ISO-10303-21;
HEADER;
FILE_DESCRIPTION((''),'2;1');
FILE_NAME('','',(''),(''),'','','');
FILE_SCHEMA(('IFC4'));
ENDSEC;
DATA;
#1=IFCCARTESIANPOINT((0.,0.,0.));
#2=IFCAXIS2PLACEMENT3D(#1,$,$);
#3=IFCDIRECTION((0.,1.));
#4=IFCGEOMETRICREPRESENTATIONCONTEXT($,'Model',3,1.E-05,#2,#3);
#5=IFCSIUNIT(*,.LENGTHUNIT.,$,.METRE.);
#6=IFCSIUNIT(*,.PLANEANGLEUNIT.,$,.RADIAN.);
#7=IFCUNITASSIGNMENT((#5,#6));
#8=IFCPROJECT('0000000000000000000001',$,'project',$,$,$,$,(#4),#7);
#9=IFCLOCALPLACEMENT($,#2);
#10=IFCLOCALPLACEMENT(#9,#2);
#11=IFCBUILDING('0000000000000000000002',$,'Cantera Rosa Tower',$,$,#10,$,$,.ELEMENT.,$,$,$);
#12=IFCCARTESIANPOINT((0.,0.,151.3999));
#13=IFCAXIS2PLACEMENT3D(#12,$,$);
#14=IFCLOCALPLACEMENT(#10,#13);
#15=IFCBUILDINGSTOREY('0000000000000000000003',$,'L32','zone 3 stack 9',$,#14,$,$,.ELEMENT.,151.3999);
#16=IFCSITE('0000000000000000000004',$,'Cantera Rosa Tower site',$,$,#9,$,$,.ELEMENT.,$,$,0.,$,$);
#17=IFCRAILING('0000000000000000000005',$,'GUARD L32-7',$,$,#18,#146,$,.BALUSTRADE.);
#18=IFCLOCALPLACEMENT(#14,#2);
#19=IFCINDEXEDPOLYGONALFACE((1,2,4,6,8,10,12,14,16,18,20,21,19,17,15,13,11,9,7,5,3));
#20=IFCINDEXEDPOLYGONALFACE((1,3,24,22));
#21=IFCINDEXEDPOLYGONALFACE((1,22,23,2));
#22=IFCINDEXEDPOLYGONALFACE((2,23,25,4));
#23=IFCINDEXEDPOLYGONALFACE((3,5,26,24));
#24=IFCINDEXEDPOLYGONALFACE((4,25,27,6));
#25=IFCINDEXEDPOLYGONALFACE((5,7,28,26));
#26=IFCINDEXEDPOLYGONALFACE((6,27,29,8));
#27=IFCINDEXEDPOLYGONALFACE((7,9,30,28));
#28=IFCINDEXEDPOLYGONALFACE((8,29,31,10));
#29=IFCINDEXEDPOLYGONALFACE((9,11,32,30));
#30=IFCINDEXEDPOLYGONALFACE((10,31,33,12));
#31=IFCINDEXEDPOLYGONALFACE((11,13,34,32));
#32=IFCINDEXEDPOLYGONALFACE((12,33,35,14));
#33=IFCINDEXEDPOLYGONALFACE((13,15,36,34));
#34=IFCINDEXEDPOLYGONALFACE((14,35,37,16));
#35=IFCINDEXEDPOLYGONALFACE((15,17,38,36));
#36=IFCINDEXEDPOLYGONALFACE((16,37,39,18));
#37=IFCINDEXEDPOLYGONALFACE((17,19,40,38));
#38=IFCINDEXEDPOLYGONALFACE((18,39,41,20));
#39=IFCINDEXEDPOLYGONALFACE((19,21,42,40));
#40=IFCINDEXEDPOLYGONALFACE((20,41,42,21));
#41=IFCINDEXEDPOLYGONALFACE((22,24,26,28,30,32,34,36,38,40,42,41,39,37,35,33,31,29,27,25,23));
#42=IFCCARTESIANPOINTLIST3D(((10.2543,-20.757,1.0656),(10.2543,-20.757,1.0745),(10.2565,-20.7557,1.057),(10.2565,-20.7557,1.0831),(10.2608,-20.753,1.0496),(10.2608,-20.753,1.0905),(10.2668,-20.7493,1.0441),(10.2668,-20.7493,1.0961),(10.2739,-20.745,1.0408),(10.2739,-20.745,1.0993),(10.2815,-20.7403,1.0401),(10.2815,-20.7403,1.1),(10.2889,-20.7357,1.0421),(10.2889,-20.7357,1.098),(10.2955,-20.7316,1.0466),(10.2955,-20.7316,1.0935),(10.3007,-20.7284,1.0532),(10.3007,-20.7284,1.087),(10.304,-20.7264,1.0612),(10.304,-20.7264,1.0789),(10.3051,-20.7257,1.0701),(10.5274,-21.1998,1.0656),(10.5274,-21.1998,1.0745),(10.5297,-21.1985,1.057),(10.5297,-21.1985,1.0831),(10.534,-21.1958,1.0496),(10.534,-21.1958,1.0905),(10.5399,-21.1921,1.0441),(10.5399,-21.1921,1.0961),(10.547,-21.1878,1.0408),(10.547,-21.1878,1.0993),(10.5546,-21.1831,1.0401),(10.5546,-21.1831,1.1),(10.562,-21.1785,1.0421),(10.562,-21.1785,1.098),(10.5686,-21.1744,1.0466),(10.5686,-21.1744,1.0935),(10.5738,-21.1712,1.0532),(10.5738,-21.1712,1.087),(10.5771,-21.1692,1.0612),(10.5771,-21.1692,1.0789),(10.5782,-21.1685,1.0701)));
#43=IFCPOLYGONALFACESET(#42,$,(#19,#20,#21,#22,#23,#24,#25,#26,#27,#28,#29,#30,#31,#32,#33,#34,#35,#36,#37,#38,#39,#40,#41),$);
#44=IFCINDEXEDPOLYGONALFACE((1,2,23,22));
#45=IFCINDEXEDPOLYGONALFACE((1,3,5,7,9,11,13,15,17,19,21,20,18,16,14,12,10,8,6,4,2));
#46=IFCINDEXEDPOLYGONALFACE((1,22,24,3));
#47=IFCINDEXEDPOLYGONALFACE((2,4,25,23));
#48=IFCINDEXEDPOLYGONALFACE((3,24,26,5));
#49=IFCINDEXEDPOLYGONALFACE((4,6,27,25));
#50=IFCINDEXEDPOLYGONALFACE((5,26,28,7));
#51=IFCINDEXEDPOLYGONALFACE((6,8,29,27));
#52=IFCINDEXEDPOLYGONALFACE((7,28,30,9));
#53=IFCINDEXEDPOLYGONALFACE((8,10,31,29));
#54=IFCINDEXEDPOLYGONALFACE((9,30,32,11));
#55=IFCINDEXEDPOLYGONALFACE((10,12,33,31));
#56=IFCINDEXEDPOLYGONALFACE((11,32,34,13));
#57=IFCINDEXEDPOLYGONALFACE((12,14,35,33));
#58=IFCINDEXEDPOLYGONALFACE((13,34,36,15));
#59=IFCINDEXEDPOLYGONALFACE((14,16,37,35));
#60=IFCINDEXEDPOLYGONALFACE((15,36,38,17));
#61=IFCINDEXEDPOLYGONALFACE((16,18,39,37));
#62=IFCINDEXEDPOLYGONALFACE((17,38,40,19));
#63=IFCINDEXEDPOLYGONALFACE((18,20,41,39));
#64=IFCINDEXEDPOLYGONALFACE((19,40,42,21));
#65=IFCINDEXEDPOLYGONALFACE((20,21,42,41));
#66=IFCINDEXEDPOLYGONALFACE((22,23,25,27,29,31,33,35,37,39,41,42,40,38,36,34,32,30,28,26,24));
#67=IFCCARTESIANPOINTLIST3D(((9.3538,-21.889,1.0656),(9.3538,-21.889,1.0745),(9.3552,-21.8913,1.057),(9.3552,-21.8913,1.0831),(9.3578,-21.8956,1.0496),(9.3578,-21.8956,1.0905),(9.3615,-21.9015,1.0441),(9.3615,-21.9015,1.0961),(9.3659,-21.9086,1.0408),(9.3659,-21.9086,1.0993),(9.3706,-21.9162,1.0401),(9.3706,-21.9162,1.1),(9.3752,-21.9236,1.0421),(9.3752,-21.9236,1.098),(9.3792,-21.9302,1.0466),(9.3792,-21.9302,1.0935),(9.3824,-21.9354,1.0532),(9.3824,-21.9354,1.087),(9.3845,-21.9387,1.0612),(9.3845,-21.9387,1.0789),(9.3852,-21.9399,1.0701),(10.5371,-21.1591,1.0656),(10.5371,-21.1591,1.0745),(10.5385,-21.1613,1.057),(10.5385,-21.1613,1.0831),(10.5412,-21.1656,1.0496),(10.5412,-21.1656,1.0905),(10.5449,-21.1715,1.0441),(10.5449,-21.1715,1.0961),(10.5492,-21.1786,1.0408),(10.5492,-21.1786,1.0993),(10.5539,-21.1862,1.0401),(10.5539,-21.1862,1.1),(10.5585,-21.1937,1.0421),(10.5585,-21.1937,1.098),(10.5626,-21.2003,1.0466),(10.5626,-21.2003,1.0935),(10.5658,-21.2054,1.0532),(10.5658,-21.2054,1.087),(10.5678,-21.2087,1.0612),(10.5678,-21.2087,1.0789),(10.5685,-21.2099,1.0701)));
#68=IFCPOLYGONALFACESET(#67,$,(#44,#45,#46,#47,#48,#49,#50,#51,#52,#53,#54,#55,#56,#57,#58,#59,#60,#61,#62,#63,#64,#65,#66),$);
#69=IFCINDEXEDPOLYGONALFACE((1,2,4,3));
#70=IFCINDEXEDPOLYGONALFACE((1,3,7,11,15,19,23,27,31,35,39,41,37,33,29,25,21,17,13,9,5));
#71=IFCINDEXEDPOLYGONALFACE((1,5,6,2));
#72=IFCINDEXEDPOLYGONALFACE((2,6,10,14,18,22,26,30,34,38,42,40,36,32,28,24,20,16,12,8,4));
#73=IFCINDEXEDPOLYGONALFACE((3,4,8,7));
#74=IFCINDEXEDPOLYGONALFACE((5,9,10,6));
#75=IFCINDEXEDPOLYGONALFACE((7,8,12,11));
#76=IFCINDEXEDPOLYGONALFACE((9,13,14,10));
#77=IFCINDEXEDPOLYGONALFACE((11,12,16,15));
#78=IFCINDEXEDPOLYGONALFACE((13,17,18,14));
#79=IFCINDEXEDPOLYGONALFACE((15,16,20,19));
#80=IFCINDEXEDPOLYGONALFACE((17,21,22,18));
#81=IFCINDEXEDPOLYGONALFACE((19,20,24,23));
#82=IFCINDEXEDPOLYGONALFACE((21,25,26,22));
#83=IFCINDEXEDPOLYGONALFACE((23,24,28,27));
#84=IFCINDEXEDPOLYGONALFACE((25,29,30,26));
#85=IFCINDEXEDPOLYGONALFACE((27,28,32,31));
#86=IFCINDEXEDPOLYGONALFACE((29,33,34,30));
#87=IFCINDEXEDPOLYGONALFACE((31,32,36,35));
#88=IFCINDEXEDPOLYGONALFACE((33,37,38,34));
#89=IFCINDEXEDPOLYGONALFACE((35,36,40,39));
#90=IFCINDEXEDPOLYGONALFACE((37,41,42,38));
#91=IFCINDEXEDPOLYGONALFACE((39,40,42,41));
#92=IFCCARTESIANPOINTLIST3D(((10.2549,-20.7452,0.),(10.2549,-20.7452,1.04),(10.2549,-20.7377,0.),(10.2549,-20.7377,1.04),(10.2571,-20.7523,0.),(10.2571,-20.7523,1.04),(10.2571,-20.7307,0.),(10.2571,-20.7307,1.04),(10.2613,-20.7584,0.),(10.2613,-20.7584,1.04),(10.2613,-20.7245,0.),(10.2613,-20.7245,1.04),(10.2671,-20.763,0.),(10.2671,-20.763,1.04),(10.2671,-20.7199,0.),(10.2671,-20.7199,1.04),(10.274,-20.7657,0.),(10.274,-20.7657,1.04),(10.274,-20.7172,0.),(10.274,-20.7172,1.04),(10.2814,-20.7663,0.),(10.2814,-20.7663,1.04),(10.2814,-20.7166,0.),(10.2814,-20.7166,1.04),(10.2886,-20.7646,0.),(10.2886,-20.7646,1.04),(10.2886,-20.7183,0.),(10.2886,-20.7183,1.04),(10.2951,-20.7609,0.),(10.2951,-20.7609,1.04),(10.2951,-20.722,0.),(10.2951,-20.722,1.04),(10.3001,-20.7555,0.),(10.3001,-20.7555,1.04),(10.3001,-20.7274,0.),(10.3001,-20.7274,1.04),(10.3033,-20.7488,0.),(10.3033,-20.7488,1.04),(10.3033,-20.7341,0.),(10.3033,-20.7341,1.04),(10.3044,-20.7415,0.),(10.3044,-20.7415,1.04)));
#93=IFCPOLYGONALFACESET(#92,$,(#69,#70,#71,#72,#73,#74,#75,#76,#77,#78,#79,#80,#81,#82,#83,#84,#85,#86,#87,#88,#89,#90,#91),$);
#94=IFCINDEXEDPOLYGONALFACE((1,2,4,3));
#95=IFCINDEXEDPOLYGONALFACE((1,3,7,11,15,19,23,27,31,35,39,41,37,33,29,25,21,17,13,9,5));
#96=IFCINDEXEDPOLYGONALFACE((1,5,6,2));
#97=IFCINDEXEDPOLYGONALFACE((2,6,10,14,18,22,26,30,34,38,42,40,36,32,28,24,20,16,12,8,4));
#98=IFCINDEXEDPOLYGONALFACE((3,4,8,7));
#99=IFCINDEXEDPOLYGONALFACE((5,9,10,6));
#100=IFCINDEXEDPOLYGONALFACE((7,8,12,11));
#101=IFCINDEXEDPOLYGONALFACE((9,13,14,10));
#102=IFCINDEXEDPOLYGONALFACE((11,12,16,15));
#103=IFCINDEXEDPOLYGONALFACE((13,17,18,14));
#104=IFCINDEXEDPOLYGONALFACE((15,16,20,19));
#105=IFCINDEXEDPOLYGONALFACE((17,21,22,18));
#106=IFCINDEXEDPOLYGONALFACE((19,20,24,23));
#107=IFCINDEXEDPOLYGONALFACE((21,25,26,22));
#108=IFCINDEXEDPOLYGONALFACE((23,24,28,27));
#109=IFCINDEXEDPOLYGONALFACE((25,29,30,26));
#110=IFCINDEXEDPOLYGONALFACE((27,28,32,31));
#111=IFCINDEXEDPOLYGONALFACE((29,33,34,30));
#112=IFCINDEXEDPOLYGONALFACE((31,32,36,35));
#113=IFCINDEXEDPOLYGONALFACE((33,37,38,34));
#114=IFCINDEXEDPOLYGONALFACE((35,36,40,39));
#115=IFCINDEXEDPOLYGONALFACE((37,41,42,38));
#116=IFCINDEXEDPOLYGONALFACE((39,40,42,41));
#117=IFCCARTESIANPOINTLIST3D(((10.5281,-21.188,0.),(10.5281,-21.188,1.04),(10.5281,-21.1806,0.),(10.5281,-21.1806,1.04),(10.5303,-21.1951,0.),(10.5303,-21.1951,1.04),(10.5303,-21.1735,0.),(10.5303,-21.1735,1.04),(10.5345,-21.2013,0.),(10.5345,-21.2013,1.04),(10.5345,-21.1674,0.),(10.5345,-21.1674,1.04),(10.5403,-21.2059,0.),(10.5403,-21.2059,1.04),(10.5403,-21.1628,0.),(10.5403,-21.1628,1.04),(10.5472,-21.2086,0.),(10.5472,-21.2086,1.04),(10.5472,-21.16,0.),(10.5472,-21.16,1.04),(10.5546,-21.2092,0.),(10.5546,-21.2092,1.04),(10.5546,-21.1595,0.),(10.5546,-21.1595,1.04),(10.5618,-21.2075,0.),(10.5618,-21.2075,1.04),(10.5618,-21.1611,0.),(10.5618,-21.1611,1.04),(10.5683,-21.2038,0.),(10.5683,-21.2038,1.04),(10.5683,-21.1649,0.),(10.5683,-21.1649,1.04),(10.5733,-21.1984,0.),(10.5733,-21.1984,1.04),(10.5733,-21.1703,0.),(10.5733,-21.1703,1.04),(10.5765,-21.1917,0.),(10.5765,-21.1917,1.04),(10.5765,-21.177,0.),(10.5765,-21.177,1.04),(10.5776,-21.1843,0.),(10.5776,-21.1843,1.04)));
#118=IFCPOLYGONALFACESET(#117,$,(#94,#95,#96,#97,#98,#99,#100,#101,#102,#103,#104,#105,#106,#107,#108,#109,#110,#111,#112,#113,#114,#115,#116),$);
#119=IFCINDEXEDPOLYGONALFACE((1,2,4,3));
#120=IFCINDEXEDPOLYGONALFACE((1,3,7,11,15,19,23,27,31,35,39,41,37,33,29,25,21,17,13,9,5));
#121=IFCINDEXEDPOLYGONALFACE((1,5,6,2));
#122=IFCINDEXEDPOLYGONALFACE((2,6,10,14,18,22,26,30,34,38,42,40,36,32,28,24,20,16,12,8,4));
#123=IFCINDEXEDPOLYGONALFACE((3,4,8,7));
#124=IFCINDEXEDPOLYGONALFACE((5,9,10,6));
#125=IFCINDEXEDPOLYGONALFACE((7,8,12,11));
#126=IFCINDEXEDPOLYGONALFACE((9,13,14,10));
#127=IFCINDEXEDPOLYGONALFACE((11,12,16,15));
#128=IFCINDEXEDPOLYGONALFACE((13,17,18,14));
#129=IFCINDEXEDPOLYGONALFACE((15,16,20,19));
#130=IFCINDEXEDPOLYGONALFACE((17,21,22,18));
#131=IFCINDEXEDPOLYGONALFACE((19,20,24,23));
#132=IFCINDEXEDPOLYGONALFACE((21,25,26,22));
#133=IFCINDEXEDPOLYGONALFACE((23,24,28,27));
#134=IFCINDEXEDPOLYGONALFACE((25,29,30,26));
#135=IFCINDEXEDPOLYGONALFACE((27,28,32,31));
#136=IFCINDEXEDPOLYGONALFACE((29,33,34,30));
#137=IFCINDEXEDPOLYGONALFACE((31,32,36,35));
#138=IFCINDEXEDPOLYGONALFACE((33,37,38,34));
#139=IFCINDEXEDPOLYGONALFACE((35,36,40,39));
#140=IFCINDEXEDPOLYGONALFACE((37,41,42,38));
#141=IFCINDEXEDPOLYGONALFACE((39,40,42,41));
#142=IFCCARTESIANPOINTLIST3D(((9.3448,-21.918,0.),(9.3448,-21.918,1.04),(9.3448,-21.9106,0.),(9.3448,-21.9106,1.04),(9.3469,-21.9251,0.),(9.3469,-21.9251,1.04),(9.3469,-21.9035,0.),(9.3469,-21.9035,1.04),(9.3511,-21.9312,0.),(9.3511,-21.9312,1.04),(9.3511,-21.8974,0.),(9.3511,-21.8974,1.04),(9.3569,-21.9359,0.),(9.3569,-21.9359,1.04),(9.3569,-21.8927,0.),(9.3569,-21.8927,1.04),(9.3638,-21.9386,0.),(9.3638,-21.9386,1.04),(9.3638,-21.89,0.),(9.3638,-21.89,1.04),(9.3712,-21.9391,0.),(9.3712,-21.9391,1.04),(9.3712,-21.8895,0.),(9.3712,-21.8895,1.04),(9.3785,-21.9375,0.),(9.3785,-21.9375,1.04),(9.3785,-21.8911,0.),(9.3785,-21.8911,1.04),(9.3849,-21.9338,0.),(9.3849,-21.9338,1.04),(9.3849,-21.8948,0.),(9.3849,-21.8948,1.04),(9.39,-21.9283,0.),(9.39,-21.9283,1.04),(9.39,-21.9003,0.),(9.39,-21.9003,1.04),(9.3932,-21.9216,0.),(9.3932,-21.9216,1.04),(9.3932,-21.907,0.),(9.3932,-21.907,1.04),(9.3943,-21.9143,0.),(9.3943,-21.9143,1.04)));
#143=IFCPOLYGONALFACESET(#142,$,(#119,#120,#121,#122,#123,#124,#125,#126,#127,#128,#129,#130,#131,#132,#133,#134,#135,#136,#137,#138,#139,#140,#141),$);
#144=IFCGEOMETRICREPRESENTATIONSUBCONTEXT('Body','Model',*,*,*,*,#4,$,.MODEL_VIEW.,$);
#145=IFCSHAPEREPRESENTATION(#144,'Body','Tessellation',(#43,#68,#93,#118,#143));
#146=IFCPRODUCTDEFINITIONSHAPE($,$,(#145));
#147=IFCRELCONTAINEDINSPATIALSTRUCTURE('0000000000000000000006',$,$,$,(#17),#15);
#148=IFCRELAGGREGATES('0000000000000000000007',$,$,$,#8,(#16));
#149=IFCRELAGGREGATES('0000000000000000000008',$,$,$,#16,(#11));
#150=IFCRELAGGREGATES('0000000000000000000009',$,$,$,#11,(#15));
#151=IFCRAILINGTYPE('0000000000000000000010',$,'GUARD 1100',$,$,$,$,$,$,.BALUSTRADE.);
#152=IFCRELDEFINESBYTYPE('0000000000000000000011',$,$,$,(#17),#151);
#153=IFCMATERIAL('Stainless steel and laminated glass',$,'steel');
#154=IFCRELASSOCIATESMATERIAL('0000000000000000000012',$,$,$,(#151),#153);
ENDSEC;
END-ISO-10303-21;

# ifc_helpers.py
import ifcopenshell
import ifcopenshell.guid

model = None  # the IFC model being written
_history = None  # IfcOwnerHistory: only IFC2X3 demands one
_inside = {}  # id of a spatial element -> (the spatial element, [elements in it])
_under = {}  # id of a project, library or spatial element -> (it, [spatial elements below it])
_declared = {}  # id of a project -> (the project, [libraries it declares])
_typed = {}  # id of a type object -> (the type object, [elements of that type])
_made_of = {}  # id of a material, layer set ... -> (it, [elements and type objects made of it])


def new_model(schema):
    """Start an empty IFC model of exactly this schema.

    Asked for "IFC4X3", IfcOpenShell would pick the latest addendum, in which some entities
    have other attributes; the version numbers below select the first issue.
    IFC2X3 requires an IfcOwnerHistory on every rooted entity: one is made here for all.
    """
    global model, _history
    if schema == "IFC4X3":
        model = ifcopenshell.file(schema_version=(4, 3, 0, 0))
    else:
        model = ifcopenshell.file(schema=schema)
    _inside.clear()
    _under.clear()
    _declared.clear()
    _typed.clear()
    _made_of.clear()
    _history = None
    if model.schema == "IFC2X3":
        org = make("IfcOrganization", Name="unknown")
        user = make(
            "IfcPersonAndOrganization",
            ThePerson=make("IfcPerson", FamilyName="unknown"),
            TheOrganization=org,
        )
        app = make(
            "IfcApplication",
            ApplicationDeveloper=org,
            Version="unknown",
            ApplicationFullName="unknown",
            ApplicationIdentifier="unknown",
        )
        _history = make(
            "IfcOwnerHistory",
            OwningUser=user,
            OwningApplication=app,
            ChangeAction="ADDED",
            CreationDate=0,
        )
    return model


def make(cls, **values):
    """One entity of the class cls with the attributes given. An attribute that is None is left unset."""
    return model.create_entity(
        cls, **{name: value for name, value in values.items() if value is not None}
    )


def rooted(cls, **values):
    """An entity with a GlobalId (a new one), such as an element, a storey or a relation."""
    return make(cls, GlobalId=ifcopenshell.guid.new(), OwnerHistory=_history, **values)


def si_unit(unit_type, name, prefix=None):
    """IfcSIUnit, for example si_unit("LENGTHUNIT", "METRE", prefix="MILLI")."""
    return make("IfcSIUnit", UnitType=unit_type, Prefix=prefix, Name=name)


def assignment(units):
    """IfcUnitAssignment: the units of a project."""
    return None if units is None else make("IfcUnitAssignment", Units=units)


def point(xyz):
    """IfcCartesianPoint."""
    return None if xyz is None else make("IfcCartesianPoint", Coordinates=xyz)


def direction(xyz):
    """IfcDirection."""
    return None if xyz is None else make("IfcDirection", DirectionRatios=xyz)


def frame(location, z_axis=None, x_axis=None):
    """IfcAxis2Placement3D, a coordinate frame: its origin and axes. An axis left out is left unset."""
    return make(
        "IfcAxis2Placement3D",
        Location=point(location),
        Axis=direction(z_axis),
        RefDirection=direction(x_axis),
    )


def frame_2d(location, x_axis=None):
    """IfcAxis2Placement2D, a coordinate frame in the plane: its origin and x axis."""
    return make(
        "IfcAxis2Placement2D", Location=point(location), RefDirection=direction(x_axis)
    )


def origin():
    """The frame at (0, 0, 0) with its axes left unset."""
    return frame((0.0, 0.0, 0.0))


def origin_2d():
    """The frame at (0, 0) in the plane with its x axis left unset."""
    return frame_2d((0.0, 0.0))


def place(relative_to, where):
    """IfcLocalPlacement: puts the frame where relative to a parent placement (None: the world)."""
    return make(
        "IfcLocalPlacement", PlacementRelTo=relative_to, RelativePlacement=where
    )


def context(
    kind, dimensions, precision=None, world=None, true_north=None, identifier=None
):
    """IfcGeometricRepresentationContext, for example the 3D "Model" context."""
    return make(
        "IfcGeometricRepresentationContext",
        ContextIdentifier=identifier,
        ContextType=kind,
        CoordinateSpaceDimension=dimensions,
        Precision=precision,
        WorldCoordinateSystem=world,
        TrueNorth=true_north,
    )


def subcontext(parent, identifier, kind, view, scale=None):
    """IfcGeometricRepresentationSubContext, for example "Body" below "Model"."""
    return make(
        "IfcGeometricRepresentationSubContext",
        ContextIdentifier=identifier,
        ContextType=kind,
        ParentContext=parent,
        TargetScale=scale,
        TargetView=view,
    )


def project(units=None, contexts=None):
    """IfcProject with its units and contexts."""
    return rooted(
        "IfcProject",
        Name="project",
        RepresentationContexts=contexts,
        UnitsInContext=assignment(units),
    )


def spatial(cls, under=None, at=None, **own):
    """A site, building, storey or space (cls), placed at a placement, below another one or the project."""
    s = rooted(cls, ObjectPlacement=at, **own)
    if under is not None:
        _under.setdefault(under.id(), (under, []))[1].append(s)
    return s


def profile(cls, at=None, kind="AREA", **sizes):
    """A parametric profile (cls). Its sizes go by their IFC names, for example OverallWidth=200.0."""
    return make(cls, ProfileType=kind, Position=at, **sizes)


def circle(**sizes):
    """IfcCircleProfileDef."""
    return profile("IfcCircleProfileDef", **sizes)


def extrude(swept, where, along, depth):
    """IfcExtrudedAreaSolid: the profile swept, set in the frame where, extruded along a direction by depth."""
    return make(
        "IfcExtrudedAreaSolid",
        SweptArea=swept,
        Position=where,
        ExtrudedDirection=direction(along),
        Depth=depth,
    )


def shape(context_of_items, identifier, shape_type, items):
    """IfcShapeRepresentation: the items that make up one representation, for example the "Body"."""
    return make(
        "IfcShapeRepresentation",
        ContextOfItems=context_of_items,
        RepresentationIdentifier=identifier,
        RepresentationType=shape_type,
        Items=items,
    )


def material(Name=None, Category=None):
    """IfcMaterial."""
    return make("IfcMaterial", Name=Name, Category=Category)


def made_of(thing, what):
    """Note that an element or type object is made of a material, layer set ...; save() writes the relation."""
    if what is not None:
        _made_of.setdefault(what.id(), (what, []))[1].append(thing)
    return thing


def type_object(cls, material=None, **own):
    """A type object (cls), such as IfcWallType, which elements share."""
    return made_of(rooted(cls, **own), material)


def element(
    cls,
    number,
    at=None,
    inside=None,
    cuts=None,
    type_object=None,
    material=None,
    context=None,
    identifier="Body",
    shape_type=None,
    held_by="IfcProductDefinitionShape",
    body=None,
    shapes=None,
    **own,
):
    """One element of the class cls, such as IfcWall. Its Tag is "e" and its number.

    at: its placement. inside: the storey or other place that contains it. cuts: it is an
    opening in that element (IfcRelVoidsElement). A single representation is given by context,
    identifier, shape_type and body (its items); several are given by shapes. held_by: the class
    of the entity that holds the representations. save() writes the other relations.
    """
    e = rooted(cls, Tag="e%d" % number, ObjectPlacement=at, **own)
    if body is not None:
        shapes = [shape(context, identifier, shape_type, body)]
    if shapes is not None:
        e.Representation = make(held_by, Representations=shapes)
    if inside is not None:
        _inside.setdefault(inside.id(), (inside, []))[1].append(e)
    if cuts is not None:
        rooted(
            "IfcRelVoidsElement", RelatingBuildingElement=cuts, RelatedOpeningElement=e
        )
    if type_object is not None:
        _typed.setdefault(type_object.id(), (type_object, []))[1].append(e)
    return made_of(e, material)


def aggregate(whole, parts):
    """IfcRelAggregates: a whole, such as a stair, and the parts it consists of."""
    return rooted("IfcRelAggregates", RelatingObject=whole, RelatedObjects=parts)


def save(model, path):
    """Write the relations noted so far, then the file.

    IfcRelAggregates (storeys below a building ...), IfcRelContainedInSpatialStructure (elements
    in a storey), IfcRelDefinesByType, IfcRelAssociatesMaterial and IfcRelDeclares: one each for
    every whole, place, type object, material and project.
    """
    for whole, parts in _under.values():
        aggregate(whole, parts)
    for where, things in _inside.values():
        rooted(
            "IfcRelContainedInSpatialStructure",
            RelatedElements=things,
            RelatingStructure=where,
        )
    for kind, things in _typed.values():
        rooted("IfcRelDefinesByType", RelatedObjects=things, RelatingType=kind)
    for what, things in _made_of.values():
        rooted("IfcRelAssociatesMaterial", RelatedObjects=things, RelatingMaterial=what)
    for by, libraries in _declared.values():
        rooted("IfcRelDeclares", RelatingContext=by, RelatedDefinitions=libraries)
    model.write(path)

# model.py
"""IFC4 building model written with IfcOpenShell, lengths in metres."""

from ifc_helpers import new_model, si_unit, direction, frame, origin, origin_2d, place, context, subcontext, project, spatial, circle, extrude, material, type_object, element, save


model = new_model("IFC4")

# Units and contexts
model_context = context("Model", 3, precision=1e-05, world=origin(), true_north=direction((0.0, 1.0)))
body_context = subcontext(model_context, "Body", "Model", "MODEL_VIEW")
ifc_project = project(units=[si_unit("LENGTHUNIT", "METRE"), si_unit("PLANEANGLEUNIT", "RADIAN")], contexts=[model_context])

# Site, building, storey
site_placement = place(None, origin())
site = spatial("IfcSite", under=ifc_project, at=site_placement, Name="Cantera Rosa Tower site", CompositionType="ELEMENT", RefElevation=0.0)
building_placement = place(site_placement, origin())
building = spatial("IfcBuilding", under=site, at=building_placement, Name="Cantera Rosa Tower", CompositionType="ELEMENT")
storey_placement = place(building_placement, frame((0.0, 0.0, 151.3999)))
storey = spatial("IfcBuildingStorey", under=building, at=storey_placement, Name="L32", Description="zone 3 stack 9", CompositionType="ELEMENT", Elevation=151.3999)

# Railing
ifc_material_1 = material(Name="Stainless steel and laminated glass", Category="steel")
railing_type_1 = type_object("IfcRailingType", Name="GUARD 1100", PredefinedType="BALUSTRADE", material=ifc_material_1)
railing_1_placement = place(storey_placement, frame((10.2795, -20.7415, 0.0)))
element("IfcRailing", 1, at=railing_1_placement, inside=storey, type_object=railing_type_1, Name="GUARD L32-7", PredefinedType="BALUSTRADE", context=body_context, shape_type="SweptSolid", body=[
    extrude(circle(Radius=0.03, at=origin_2d()), frame((0.0, 0.0, 1.0701), z_axis=(0.525013, -0.851094, 0.0), x_axis=(0.851094, 0.525013, 0.0)), (0.0, 0.0, 1.0), 0.5203),
    extrude(circle(Radius=0.03, at=origin_2d()), frame((0.2732, -0.4429, 1.0701), z_axis=(-0.851091, -0.525018, 0.0), x_axis=(0.525018, -0.851091, 0.0)), (0.0, 0.0, 1.0), 1.3904),
    extrude(circle(Radius=0.0249, at=origin_2d()), origin(), (0.0, 0.0, 1.0), 1.04),
    extrude(circle(Radius=0.0249, at=origin_2d()), frame((0.2732, -0.4429, 0.0)), (0.0, 0.0, 1.0), 1.04),
    extrude(circle(Radius=0.0249, at=origin_2d()), frame((-0.9102, -1.1729, 0.0)), (0.0, 0.0, 1.0), 1.04),
])

save(model, "model.ifc")
